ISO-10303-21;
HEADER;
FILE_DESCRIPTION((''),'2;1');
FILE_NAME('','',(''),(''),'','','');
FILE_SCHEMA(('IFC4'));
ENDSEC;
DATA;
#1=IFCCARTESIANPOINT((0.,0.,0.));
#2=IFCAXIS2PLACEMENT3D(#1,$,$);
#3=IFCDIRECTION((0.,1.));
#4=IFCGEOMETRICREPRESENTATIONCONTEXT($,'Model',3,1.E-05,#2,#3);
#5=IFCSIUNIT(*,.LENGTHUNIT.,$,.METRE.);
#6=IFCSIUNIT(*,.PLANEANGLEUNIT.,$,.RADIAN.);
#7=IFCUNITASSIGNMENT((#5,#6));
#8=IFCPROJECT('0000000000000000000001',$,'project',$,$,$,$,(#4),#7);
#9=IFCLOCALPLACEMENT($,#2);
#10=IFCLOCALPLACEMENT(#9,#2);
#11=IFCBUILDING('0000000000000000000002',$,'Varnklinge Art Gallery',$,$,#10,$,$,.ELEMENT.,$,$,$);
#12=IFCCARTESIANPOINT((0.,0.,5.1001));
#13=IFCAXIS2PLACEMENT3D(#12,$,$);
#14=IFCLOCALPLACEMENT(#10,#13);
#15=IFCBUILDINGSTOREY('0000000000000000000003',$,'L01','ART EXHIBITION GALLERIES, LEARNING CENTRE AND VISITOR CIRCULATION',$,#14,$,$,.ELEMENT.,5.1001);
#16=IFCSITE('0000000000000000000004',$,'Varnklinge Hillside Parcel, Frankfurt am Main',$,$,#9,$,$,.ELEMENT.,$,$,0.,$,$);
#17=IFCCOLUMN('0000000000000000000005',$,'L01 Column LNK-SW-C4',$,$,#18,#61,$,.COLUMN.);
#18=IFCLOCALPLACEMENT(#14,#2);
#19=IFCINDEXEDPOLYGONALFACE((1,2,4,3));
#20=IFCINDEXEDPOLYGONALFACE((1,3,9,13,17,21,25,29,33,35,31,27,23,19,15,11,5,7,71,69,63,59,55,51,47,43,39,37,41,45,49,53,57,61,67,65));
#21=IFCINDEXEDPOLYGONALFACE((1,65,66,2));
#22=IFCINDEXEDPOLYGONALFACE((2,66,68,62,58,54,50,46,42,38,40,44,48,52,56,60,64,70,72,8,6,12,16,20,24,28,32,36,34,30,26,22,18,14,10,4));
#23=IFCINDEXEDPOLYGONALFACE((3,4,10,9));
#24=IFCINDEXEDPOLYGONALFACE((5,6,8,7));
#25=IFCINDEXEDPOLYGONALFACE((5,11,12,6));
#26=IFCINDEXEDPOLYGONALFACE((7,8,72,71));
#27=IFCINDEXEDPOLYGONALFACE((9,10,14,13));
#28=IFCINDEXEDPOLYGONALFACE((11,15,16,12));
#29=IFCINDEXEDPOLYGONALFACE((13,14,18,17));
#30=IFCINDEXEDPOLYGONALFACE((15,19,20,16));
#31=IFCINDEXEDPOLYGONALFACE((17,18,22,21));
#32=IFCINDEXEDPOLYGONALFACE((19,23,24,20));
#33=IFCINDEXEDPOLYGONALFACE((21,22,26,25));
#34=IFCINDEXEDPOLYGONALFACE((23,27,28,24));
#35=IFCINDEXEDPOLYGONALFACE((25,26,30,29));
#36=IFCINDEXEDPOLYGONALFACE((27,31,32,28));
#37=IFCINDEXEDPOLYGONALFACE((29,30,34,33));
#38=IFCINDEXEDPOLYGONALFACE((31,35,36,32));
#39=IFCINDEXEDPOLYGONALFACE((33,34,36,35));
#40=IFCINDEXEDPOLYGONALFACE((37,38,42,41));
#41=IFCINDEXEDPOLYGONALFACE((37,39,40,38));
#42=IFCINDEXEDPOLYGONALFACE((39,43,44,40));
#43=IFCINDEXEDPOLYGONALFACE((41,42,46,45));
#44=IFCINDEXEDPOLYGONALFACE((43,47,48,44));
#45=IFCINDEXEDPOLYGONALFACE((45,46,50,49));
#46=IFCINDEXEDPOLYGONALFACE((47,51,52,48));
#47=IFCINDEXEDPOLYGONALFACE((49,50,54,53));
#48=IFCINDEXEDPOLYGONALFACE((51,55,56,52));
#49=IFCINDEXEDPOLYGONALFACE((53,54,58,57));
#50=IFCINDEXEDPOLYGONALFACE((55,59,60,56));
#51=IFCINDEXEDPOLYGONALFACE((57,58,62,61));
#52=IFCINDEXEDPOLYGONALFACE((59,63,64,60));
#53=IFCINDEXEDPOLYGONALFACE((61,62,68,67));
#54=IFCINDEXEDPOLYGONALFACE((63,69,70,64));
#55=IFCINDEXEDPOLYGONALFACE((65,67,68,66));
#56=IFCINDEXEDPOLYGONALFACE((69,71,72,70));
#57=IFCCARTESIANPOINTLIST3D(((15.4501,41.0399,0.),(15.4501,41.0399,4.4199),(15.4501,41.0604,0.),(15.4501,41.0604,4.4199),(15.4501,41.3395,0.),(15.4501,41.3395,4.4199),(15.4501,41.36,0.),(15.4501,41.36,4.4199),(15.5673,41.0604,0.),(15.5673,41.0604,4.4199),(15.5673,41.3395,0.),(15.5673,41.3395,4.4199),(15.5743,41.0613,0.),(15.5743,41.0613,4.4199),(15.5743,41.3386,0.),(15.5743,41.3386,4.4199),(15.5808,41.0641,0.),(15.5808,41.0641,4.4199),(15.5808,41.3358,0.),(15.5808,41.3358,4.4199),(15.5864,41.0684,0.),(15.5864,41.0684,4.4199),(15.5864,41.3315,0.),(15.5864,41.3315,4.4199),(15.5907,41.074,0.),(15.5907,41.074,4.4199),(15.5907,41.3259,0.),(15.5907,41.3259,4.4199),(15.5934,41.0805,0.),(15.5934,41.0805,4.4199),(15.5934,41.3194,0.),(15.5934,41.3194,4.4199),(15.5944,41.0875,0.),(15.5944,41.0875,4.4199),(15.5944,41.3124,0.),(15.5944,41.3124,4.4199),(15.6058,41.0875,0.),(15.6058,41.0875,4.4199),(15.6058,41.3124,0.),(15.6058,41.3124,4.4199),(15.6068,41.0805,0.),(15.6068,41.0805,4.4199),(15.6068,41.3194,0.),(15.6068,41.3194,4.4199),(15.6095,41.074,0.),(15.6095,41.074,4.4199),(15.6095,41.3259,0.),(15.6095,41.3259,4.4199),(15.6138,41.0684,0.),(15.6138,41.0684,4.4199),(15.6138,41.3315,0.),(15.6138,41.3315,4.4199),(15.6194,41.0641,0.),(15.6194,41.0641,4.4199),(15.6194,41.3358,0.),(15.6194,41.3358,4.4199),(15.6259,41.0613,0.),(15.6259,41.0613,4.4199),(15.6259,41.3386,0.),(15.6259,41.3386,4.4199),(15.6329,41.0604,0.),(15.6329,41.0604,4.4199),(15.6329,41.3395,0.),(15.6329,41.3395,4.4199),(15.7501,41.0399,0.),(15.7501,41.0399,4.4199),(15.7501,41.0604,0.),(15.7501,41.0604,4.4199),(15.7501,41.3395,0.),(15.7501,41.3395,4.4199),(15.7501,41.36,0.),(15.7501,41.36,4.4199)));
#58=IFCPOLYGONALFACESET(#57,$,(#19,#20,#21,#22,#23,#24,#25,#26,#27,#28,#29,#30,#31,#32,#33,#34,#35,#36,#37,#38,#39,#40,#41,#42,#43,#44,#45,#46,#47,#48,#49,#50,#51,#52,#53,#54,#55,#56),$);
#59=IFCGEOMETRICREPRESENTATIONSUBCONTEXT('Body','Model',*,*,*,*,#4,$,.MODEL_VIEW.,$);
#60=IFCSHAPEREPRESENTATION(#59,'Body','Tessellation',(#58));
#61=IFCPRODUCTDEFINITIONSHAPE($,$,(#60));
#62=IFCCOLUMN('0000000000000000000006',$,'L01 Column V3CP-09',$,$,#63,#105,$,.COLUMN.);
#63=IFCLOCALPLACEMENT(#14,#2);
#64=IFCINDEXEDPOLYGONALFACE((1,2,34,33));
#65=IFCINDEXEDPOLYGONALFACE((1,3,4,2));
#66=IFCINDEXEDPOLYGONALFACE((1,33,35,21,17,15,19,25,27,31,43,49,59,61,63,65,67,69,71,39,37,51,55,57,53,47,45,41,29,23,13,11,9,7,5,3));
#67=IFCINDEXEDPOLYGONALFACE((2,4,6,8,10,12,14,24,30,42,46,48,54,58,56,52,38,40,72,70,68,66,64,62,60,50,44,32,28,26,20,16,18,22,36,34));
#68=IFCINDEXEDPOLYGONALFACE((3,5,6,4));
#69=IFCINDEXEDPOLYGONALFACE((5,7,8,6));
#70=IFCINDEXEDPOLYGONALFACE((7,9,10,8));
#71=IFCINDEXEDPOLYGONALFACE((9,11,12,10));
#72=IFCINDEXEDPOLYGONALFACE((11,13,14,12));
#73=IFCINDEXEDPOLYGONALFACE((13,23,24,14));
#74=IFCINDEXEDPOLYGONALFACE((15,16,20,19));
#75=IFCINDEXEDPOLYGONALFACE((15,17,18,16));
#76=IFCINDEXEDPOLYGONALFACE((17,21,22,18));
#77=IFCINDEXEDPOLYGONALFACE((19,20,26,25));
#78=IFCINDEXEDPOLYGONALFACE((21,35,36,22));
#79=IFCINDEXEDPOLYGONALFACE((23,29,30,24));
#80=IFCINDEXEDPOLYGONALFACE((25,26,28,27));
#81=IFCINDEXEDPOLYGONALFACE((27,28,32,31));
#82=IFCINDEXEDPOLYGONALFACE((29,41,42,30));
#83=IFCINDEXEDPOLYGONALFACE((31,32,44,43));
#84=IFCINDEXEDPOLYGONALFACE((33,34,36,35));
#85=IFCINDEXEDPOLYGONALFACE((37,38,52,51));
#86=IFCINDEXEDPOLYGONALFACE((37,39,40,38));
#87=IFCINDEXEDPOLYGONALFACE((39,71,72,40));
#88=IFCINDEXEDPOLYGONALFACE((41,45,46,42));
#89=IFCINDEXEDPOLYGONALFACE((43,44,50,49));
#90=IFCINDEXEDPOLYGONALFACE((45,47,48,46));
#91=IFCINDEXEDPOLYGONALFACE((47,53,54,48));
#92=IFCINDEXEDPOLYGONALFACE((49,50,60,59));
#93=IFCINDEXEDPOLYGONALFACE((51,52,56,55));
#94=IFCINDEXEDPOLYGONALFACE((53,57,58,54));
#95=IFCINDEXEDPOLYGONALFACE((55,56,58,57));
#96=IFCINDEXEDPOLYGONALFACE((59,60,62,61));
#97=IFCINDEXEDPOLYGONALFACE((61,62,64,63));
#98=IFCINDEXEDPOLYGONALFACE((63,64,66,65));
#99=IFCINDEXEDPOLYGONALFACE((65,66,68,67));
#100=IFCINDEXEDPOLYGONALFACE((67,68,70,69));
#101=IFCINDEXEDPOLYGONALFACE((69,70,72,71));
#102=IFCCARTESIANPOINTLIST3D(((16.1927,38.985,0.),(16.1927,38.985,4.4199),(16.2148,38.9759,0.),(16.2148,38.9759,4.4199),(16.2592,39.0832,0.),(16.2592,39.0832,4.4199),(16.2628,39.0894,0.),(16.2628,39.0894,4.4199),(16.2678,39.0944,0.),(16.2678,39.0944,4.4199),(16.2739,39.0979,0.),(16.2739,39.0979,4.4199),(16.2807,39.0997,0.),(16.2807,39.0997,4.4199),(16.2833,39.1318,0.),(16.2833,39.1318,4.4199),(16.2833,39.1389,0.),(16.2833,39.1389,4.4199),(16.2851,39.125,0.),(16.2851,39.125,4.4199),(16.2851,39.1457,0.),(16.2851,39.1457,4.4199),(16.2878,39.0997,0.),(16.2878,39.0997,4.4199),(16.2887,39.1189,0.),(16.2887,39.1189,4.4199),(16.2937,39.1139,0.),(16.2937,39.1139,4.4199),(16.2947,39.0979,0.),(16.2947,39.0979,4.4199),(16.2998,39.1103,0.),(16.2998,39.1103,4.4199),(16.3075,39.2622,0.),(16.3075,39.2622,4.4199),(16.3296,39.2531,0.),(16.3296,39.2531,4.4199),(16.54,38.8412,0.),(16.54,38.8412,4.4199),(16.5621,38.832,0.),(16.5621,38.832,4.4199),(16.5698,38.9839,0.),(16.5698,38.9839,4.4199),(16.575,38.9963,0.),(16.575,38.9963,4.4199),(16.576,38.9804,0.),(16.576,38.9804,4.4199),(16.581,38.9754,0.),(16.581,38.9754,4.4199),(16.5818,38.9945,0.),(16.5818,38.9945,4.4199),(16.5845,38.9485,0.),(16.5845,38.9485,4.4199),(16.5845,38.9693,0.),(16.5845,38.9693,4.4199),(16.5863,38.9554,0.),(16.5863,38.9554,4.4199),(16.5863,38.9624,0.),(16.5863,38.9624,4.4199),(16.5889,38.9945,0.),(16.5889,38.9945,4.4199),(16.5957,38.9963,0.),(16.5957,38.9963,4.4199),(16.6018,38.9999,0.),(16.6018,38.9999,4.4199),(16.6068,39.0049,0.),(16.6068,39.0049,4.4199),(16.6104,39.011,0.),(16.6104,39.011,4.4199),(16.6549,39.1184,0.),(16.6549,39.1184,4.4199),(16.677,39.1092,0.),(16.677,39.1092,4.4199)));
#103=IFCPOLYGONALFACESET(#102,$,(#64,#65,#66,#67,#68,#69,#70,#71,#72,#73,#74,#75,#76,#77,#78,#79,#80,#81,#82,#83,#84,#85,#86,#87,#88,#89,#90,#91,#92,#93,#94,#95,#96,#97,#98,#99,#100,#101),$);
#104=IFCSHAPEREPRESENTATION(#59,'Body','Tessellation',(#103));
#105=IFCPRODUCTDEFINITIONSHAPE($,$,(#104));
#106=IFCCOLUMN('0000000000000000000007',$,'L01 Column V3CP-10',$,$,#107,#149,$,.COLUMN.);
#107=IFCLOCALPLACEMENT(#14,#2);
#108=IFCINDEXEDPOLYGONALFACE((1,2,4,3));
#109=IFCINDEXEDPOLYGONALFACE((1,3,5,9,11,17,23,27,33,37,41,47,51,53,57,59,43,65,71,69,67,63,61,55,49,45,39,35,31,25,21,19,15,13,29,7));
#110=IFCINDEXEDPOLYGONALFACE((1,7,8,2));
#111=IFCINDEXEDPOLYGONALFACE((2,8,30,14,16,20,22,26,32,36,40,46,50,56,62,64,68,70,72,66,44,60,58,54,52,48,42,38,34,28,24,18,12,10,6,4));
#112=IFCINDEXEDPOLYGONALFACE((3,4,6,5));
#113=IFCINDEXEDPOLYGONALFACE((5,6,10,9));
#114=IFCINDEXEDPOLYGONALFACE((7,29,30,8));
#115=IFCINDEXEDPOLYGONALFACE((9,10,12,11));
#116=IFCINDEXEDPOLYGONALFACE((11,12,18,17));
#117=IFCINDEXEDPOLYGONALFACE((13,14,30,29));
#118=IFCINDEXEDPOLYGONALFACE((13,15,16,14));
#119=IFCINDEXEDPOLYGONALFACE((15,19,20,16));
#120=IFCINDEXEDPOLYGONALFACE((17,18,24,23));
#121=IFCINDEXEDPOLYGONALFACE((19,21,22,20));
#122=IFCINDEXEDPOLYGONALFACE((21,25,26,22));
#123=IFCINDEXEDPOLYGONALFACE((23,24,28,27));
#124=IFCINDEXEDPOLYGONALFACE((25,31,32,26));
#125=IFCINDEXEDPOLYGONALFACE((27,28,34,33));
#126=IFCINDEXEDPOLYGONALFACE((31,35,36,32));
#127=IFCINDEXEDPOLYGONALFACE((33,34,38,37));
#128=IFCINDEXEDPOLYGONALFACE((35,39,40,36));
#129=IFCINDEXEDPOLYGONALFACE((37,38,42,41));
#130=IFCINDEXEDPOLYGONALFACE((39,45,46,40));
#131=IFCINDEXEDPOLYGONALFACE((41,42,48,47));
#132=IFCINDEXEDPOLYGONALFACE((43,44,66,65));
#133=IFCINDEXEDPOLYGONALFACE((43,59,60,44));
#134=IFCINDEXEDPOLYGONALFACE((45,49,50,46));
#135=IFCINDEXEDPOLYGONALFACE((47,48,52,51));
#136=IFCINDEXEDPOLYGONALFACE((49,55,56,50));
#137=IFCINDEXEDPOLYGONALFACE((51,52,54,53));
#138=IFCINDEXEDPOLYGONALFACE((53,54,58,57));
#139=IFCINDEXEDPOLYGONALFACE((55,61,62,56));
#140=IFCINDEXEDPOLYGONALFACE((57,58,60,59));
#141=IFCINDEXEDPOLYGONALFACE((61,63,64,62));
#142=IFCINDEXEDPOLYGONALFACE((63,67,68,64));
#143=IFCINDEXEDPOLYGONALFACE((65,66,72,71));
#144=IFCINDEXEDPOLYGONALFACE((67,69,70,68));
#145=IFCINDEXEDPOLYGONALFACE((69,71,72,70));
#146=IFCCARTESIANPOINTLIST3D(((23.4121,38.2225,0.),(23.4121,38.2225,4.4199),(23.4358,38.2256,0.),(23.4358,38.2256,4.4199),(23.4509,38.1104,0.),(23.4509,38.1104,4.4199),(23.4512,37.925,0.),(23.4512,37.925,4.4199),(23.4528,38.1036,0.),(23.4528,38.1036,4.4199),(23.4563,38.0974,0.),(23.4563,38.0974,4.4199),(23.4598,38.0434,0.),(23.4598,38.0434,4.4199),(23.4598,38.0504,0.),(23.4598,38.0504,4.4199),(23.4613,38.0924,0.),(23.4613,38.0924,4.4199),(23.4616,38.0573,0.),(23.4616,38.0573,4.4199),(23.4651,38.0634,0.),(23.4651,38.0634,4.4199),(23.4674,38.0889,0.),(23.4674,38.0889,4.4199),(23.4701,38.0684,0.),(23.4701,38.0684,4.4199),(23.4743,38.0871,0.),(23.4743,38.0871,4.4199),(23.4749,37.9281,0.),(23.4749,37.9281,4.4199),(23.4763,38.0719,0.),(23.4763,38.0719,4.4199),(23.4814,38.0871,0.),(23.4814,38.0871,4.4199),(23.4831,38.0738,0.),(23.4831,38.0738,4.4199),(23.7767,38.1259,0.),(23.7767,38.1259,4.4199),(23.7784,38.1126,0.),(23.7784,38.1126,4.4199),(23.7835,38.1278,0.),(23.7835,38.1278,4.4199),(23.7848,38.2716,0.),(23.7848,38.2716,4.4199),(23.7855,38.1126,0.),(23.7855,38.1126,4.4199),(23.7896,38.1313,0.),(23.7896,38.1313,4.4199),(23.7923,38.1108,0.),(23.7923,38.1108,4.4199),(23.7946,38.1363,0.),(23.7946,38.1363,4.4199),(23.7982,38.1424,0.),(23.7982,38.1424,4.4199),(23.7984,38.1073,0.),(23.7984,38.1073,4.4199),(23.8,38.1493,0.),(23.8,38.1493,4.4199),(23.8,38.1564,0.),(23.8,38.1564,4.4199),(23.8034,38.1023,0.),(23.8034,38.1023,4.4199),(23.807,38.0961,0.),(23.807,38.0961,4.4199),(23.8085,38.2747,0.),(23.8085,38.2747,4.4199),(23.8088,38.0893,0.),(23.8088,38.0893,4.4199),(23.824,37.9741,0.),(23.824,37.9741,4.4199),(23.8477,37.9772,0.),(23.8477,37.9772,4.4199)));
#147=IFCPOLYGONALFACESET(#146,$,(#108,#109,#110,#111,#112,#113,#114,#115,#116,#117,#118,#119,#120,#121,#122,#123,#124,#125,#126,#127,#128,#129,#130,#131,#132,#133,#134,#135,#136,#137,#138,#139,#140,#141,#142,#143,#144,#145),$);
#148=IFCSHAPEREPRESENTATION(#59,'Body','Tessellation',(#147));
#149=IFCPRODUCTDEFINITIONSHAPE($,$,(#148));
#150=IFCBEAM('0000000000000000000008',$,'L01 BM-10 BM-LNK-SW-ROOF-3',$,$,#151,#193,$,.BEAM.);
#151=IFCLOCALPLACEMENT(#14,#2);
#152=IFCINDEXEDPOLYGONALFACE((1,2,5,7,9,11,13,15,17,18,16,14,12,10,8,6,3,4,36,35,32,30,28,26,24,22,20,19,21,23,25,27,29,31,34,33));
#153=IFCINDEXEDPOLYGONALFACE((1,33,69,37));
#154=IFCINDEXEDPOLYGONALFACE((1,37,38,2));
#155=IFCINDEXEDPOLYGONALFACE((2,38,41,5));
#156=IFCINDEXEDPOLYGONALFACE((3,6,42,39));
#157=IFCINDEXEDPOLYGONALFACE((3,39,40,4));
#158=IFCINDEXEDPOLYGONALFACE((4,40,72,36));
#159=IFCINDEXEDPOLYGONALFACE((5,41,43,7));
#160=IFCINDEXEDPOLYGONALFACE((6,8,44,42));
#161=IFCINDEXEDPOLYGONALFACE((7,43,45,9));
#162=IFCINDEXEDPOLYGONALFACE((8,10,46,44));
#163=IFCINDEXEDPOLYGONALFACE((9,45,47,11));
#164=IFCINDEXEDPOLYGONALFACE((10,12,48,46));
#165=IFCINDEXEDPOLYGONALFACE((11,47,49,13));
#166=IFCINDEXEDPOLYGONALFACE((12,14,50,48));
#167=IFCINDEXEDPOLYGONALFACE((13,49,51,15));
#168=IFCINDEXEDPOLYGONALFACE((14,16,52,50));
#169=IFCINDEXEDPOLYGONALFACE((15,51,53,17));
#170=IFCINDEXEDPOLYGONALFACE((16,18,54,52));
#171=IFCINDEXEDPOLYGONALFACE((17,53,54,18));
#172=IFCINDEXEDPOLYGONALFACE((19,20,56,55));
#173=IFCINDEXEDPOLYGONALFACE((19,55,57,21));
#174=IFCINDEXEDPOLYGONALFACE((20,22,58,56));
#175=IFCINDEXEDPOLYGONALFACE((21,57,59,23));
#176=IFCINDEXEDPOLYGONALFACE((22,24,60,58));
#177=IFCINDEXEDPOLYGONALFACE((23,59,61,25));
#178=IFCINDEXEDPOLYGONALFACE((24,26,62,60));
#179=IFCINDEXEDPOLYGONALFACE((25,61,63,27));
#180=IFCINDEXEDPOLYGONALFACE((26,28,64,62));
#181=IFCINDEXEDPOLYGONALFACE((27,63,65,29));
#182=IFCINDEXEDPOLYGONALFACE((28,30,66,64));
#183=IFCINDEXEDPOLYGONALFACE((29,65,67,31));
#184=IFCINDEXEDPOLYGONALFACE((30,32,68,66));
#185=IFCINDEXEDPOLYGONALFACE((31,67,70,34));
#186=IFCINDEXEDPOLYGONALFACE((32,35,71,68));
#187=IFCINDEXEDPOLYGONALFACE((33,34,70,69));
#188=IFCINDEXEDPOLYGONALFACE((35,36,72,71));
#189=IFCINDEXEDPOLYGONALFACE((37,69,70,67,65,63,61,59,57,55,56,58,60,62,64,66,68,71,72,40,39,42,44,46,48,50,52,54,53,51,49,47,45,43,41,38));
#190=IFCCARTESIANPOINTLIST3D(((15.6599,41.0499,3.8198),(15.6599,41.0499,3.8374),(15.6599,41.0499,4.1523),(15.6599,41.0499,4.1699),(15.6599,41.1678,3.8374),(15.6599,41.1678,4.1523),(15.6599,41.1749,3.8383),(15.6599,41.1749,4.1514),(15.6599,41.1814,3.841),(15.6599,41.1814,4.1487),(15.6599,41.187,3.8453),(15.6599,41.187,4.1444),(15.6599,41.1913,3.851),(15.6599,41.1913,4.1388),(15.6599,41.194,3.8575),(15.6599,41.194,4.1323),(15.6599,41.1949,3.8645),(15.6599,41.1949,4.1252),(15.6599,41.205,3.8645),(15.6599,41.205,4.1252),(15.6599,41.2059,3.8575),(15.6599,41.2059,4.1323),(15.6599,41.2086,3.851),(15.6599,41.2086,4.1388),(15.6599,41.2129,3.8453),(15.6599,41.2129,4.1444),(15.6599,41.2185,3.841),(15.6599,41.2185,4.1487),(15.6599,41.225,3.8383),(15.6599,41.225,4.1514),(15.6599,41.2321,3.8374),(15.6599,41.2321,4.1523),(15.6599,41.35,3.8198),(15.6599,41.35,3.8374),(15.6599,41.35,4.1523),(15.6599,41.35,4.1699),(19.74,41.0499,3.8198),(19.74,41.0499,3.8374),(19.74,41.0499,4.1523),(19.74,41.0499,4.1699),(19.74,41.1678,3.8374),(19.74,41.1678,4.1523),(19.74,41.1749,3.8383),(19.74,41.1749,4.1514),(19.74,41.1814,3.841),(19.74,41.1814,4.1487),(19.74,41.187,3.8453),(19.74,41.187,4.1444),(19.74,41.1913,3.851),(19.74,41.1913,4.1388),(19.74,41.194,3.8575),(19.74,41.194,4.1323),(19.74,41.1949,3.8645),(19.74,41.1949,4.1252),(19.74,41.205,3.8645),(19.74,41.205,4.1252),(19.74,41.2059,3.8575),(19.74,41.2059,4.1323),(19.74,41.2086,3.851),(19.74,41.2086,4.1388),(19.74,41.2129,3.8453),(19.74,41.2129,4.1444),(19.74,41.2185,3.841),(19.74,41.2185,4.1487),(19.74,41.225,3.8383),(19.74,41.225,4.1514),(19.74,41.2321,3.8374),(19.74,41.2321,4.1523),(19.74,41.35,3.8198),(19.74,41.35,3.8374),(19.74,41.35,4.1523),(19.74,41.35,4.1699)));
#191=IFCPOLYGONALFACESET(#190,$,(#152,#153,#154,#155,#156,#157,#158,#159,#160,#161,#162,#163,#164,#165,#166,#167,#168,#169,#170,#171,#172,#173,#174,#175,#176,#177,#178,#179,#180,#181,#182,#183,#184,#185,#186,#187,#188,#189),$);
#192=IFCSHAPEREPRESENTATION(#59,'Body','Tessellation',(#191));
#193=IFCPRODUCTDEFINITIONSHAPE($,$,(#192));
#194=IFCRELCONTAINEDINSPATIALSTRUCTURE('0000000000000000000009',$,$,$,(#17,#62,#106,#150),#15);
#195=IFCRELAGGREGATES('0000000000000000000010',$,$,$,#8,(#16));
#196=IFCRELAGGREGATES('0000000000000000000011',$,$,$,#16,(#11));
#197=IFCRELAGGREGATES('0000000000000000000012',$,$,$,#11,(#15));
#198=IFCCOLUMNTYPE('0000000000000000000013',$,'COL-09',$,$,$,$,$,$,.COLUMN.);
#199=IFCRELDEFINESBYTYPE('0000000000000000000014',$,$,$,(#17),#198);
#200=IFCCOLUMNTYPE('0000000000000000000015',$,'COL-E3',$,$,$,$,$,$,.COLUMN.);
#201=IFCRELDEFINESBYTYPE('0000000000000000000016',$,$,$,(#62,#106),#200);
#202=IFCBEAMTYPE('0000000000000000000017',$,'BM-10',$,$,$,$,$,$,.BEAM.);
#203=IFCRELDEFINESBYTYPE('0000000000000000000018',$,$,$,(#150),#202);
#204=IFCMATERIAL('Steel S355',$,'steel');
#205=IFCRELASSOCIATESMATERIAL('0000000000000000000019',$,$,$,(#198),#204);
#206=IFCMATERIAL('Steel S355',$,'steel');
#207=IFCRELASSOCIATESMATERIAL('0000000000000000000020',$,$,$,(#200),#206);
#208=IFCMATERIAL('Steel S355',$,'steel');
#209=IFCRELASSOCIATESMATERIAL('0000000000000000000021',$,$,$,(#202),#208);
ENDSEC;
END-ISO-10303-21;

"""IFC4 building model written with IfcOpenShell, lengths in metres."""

from ifc_helpers import new_model, si_unit, direction, frame, origin, origin_2d, place, context, subcontext, project, spatial, i_section, extrude, material, material_profile, profile_set, type_object, element, save


model = new_model("IFC4")

# Units and contexts
model_context = context("Model", 3, precision=1e-05, world=origin(), true_north=direction((0.0, 1.0)))
body_context = subcontext(model_context, "Body", "Model", "MODEL_VIEW")
ifc_project = project(units=[si_unit("LENGTHUNIT", "METRE"), si_unit("PLANEANGLEUNIT", "RADIAN")], contexts=[model_context])

# Site, building, storey
site_placement = place(None, origin())
site = spatial("IfcSite", under=ifc_project, at=site_placement, Name="Varnklinge Hillside Parcel, Frankfurt am Main", CompositionType="ELEMENT", RefElevation=0.0)
building_placement = place(site_placement, origin())
building = spatial("IfcBuilding", under=site, at=building_placement, Name="Varnklinge Art Gallery", CompositionType="ELEMENT")
storey_placement = place(building_placement, frame((0.0, 0.0, 5.1001)))
storey = spatial("IfcBuildingStorey", under=building, at=storey_placement, Name="L01", Description="ART EXHIBITION GALLERIES, LEARNING CENTRE AND VISITOR CIRCULATION", CompositionType="ELEMENT", Elevation=5.1001)

# Columns
ifc_material_1 = material(Name="Steel S355", Category="steel")
ifc_material_profile_1 = material_profile(ifc_material_1, i_section(OverallWidth=0.3, OverallDepth=0.3201, WebThickness=0.0115, FlangeThickness=0.0205, FilletRadius=0.0271, at=origin_2d()), Name="HEB 320")
ifc_profile_set_1 = profile_set([ifc_material_profile_1], Name="Steel S355")
column_type_1 = type_object("IfcColumnType", Name="COL-09", PredefinedType="COLUMN", material=ifc_profile_set_1)
column_placement = place(storey_placement, frame((15.6001, 41.2, 0.0), z_axis=(0.0, 0.0, 1.0), x_axis=(1.0, 0.0, 0.0)))
element("IfcColumn", 1, at=column_placement, inside=storey, type_object=column_type_1, Name="L01 Column LNK-SW-C4", PredefinedType="COLUMN", context=body_context, shape_type="SweptSolid", body=[
    extrude(i_section(OverallWidth=0.3, OverallDepth=0.3201, WebThickness=0.0115, FlangeThickness=0.0205, FilletRadius=0.0271, at=origin_2d()), origin(), (0.0, 0.0, 1.0), 4.4199),
])
ifc_material_2 = material(Name="Steel S355", Category="steel")
ifc_material_profile_2 = material_profile(ifc_material_2, i_section(OverallWidth=0.3, OverallDepth=0.3999, WebThickness=0.0134, FlangeThickness=0.0239, FilletRadius=0.0271, at=origin_2d()), Name="HEB 400")
ifc_profile_set_2 = profile_set([ifc_material_profile_2], Name="Steel S355")
column_type_2 = type_object("IfcColumnType", Name="COL-E3", PredefinedType="COLUMN", material=ifc_profile_set_2)
for number, where, z_axis, x_axis, name in (
    (2, (16.4348, 39.0471, 0.0), (0.0, 0.0, 1.0), (-0.382683, -0.92388, 0.0), "L01 Column V3CP-09"),
    (3, (23.6299, 38.0999, 0.0), (0.0, 0.0, 1.0), (0.130526, -0.991445, 0.0), "L01 Column V3CP-10"),
):
    element("IfcColumn", number, at=place(storey_placement, frame(where, z_axis=z_axis, x_axis=x_axis)), inside=storey, type_object=column_type_2, Name=name, PredefinedType="COLUMN", context=body_context, shape_type="SweptSolid", body=[
        extrude(i_section(OverallWidth=0.3, OverallDepth=0.3999, WebThickness=0.0134, FlangeThickness=0.0239, FilletRadius=0.0271, at=origin_2d()), origin(), (0.0, 0.0, 1.0), 4.4199),
    ])

# Beam
ifc_material_3 = material(Name="Steel S355", Category="steel")
ifc_material_profile_3 = material_profile(ifc_material_3, i_section(OverallWidth=0.3, OverallDepth=0.3501, WebThickness=0.01, FlangeThickness=0.0176, FilletRadius=0.0271, at=origin_2d()), Name="HEA 360")
ifc_profile_set_3 = profile_set([ifc_material_profile_3], Name="Steel S355")
beam_type_1 = type_object("IfcBeamType", Name="BM-10", PredefinedType="BEAM", material=ifc_profile_set_3)
beam_1_placement = place(storey_placement, frame((19.74, 41.2, 3.9949), z_axis=(-1.0, 0.0, 0.0), x_axis=(0.0, -1.0, 0.0)))
element("IfcBeam", 4, at=beam_1_placement, inside=storey, type_object=beam_type_1, Name="L01 BM-10 BM-LNK-SW-ROOF-3", PredefinedType="BEAM", context=body_context, shape_type="SweptSolid", body=[
    extrude(i_section(OverallWidth=0.3, OverallDepth=0.3501, WebThickness=0.01, FlangeThickness=0.0176, FilletRadius=0.0271, at=origin_2d()), origin(), (0.0, 0.0, 1.0), 4.0801),
])

save(model, "model.ifc")
